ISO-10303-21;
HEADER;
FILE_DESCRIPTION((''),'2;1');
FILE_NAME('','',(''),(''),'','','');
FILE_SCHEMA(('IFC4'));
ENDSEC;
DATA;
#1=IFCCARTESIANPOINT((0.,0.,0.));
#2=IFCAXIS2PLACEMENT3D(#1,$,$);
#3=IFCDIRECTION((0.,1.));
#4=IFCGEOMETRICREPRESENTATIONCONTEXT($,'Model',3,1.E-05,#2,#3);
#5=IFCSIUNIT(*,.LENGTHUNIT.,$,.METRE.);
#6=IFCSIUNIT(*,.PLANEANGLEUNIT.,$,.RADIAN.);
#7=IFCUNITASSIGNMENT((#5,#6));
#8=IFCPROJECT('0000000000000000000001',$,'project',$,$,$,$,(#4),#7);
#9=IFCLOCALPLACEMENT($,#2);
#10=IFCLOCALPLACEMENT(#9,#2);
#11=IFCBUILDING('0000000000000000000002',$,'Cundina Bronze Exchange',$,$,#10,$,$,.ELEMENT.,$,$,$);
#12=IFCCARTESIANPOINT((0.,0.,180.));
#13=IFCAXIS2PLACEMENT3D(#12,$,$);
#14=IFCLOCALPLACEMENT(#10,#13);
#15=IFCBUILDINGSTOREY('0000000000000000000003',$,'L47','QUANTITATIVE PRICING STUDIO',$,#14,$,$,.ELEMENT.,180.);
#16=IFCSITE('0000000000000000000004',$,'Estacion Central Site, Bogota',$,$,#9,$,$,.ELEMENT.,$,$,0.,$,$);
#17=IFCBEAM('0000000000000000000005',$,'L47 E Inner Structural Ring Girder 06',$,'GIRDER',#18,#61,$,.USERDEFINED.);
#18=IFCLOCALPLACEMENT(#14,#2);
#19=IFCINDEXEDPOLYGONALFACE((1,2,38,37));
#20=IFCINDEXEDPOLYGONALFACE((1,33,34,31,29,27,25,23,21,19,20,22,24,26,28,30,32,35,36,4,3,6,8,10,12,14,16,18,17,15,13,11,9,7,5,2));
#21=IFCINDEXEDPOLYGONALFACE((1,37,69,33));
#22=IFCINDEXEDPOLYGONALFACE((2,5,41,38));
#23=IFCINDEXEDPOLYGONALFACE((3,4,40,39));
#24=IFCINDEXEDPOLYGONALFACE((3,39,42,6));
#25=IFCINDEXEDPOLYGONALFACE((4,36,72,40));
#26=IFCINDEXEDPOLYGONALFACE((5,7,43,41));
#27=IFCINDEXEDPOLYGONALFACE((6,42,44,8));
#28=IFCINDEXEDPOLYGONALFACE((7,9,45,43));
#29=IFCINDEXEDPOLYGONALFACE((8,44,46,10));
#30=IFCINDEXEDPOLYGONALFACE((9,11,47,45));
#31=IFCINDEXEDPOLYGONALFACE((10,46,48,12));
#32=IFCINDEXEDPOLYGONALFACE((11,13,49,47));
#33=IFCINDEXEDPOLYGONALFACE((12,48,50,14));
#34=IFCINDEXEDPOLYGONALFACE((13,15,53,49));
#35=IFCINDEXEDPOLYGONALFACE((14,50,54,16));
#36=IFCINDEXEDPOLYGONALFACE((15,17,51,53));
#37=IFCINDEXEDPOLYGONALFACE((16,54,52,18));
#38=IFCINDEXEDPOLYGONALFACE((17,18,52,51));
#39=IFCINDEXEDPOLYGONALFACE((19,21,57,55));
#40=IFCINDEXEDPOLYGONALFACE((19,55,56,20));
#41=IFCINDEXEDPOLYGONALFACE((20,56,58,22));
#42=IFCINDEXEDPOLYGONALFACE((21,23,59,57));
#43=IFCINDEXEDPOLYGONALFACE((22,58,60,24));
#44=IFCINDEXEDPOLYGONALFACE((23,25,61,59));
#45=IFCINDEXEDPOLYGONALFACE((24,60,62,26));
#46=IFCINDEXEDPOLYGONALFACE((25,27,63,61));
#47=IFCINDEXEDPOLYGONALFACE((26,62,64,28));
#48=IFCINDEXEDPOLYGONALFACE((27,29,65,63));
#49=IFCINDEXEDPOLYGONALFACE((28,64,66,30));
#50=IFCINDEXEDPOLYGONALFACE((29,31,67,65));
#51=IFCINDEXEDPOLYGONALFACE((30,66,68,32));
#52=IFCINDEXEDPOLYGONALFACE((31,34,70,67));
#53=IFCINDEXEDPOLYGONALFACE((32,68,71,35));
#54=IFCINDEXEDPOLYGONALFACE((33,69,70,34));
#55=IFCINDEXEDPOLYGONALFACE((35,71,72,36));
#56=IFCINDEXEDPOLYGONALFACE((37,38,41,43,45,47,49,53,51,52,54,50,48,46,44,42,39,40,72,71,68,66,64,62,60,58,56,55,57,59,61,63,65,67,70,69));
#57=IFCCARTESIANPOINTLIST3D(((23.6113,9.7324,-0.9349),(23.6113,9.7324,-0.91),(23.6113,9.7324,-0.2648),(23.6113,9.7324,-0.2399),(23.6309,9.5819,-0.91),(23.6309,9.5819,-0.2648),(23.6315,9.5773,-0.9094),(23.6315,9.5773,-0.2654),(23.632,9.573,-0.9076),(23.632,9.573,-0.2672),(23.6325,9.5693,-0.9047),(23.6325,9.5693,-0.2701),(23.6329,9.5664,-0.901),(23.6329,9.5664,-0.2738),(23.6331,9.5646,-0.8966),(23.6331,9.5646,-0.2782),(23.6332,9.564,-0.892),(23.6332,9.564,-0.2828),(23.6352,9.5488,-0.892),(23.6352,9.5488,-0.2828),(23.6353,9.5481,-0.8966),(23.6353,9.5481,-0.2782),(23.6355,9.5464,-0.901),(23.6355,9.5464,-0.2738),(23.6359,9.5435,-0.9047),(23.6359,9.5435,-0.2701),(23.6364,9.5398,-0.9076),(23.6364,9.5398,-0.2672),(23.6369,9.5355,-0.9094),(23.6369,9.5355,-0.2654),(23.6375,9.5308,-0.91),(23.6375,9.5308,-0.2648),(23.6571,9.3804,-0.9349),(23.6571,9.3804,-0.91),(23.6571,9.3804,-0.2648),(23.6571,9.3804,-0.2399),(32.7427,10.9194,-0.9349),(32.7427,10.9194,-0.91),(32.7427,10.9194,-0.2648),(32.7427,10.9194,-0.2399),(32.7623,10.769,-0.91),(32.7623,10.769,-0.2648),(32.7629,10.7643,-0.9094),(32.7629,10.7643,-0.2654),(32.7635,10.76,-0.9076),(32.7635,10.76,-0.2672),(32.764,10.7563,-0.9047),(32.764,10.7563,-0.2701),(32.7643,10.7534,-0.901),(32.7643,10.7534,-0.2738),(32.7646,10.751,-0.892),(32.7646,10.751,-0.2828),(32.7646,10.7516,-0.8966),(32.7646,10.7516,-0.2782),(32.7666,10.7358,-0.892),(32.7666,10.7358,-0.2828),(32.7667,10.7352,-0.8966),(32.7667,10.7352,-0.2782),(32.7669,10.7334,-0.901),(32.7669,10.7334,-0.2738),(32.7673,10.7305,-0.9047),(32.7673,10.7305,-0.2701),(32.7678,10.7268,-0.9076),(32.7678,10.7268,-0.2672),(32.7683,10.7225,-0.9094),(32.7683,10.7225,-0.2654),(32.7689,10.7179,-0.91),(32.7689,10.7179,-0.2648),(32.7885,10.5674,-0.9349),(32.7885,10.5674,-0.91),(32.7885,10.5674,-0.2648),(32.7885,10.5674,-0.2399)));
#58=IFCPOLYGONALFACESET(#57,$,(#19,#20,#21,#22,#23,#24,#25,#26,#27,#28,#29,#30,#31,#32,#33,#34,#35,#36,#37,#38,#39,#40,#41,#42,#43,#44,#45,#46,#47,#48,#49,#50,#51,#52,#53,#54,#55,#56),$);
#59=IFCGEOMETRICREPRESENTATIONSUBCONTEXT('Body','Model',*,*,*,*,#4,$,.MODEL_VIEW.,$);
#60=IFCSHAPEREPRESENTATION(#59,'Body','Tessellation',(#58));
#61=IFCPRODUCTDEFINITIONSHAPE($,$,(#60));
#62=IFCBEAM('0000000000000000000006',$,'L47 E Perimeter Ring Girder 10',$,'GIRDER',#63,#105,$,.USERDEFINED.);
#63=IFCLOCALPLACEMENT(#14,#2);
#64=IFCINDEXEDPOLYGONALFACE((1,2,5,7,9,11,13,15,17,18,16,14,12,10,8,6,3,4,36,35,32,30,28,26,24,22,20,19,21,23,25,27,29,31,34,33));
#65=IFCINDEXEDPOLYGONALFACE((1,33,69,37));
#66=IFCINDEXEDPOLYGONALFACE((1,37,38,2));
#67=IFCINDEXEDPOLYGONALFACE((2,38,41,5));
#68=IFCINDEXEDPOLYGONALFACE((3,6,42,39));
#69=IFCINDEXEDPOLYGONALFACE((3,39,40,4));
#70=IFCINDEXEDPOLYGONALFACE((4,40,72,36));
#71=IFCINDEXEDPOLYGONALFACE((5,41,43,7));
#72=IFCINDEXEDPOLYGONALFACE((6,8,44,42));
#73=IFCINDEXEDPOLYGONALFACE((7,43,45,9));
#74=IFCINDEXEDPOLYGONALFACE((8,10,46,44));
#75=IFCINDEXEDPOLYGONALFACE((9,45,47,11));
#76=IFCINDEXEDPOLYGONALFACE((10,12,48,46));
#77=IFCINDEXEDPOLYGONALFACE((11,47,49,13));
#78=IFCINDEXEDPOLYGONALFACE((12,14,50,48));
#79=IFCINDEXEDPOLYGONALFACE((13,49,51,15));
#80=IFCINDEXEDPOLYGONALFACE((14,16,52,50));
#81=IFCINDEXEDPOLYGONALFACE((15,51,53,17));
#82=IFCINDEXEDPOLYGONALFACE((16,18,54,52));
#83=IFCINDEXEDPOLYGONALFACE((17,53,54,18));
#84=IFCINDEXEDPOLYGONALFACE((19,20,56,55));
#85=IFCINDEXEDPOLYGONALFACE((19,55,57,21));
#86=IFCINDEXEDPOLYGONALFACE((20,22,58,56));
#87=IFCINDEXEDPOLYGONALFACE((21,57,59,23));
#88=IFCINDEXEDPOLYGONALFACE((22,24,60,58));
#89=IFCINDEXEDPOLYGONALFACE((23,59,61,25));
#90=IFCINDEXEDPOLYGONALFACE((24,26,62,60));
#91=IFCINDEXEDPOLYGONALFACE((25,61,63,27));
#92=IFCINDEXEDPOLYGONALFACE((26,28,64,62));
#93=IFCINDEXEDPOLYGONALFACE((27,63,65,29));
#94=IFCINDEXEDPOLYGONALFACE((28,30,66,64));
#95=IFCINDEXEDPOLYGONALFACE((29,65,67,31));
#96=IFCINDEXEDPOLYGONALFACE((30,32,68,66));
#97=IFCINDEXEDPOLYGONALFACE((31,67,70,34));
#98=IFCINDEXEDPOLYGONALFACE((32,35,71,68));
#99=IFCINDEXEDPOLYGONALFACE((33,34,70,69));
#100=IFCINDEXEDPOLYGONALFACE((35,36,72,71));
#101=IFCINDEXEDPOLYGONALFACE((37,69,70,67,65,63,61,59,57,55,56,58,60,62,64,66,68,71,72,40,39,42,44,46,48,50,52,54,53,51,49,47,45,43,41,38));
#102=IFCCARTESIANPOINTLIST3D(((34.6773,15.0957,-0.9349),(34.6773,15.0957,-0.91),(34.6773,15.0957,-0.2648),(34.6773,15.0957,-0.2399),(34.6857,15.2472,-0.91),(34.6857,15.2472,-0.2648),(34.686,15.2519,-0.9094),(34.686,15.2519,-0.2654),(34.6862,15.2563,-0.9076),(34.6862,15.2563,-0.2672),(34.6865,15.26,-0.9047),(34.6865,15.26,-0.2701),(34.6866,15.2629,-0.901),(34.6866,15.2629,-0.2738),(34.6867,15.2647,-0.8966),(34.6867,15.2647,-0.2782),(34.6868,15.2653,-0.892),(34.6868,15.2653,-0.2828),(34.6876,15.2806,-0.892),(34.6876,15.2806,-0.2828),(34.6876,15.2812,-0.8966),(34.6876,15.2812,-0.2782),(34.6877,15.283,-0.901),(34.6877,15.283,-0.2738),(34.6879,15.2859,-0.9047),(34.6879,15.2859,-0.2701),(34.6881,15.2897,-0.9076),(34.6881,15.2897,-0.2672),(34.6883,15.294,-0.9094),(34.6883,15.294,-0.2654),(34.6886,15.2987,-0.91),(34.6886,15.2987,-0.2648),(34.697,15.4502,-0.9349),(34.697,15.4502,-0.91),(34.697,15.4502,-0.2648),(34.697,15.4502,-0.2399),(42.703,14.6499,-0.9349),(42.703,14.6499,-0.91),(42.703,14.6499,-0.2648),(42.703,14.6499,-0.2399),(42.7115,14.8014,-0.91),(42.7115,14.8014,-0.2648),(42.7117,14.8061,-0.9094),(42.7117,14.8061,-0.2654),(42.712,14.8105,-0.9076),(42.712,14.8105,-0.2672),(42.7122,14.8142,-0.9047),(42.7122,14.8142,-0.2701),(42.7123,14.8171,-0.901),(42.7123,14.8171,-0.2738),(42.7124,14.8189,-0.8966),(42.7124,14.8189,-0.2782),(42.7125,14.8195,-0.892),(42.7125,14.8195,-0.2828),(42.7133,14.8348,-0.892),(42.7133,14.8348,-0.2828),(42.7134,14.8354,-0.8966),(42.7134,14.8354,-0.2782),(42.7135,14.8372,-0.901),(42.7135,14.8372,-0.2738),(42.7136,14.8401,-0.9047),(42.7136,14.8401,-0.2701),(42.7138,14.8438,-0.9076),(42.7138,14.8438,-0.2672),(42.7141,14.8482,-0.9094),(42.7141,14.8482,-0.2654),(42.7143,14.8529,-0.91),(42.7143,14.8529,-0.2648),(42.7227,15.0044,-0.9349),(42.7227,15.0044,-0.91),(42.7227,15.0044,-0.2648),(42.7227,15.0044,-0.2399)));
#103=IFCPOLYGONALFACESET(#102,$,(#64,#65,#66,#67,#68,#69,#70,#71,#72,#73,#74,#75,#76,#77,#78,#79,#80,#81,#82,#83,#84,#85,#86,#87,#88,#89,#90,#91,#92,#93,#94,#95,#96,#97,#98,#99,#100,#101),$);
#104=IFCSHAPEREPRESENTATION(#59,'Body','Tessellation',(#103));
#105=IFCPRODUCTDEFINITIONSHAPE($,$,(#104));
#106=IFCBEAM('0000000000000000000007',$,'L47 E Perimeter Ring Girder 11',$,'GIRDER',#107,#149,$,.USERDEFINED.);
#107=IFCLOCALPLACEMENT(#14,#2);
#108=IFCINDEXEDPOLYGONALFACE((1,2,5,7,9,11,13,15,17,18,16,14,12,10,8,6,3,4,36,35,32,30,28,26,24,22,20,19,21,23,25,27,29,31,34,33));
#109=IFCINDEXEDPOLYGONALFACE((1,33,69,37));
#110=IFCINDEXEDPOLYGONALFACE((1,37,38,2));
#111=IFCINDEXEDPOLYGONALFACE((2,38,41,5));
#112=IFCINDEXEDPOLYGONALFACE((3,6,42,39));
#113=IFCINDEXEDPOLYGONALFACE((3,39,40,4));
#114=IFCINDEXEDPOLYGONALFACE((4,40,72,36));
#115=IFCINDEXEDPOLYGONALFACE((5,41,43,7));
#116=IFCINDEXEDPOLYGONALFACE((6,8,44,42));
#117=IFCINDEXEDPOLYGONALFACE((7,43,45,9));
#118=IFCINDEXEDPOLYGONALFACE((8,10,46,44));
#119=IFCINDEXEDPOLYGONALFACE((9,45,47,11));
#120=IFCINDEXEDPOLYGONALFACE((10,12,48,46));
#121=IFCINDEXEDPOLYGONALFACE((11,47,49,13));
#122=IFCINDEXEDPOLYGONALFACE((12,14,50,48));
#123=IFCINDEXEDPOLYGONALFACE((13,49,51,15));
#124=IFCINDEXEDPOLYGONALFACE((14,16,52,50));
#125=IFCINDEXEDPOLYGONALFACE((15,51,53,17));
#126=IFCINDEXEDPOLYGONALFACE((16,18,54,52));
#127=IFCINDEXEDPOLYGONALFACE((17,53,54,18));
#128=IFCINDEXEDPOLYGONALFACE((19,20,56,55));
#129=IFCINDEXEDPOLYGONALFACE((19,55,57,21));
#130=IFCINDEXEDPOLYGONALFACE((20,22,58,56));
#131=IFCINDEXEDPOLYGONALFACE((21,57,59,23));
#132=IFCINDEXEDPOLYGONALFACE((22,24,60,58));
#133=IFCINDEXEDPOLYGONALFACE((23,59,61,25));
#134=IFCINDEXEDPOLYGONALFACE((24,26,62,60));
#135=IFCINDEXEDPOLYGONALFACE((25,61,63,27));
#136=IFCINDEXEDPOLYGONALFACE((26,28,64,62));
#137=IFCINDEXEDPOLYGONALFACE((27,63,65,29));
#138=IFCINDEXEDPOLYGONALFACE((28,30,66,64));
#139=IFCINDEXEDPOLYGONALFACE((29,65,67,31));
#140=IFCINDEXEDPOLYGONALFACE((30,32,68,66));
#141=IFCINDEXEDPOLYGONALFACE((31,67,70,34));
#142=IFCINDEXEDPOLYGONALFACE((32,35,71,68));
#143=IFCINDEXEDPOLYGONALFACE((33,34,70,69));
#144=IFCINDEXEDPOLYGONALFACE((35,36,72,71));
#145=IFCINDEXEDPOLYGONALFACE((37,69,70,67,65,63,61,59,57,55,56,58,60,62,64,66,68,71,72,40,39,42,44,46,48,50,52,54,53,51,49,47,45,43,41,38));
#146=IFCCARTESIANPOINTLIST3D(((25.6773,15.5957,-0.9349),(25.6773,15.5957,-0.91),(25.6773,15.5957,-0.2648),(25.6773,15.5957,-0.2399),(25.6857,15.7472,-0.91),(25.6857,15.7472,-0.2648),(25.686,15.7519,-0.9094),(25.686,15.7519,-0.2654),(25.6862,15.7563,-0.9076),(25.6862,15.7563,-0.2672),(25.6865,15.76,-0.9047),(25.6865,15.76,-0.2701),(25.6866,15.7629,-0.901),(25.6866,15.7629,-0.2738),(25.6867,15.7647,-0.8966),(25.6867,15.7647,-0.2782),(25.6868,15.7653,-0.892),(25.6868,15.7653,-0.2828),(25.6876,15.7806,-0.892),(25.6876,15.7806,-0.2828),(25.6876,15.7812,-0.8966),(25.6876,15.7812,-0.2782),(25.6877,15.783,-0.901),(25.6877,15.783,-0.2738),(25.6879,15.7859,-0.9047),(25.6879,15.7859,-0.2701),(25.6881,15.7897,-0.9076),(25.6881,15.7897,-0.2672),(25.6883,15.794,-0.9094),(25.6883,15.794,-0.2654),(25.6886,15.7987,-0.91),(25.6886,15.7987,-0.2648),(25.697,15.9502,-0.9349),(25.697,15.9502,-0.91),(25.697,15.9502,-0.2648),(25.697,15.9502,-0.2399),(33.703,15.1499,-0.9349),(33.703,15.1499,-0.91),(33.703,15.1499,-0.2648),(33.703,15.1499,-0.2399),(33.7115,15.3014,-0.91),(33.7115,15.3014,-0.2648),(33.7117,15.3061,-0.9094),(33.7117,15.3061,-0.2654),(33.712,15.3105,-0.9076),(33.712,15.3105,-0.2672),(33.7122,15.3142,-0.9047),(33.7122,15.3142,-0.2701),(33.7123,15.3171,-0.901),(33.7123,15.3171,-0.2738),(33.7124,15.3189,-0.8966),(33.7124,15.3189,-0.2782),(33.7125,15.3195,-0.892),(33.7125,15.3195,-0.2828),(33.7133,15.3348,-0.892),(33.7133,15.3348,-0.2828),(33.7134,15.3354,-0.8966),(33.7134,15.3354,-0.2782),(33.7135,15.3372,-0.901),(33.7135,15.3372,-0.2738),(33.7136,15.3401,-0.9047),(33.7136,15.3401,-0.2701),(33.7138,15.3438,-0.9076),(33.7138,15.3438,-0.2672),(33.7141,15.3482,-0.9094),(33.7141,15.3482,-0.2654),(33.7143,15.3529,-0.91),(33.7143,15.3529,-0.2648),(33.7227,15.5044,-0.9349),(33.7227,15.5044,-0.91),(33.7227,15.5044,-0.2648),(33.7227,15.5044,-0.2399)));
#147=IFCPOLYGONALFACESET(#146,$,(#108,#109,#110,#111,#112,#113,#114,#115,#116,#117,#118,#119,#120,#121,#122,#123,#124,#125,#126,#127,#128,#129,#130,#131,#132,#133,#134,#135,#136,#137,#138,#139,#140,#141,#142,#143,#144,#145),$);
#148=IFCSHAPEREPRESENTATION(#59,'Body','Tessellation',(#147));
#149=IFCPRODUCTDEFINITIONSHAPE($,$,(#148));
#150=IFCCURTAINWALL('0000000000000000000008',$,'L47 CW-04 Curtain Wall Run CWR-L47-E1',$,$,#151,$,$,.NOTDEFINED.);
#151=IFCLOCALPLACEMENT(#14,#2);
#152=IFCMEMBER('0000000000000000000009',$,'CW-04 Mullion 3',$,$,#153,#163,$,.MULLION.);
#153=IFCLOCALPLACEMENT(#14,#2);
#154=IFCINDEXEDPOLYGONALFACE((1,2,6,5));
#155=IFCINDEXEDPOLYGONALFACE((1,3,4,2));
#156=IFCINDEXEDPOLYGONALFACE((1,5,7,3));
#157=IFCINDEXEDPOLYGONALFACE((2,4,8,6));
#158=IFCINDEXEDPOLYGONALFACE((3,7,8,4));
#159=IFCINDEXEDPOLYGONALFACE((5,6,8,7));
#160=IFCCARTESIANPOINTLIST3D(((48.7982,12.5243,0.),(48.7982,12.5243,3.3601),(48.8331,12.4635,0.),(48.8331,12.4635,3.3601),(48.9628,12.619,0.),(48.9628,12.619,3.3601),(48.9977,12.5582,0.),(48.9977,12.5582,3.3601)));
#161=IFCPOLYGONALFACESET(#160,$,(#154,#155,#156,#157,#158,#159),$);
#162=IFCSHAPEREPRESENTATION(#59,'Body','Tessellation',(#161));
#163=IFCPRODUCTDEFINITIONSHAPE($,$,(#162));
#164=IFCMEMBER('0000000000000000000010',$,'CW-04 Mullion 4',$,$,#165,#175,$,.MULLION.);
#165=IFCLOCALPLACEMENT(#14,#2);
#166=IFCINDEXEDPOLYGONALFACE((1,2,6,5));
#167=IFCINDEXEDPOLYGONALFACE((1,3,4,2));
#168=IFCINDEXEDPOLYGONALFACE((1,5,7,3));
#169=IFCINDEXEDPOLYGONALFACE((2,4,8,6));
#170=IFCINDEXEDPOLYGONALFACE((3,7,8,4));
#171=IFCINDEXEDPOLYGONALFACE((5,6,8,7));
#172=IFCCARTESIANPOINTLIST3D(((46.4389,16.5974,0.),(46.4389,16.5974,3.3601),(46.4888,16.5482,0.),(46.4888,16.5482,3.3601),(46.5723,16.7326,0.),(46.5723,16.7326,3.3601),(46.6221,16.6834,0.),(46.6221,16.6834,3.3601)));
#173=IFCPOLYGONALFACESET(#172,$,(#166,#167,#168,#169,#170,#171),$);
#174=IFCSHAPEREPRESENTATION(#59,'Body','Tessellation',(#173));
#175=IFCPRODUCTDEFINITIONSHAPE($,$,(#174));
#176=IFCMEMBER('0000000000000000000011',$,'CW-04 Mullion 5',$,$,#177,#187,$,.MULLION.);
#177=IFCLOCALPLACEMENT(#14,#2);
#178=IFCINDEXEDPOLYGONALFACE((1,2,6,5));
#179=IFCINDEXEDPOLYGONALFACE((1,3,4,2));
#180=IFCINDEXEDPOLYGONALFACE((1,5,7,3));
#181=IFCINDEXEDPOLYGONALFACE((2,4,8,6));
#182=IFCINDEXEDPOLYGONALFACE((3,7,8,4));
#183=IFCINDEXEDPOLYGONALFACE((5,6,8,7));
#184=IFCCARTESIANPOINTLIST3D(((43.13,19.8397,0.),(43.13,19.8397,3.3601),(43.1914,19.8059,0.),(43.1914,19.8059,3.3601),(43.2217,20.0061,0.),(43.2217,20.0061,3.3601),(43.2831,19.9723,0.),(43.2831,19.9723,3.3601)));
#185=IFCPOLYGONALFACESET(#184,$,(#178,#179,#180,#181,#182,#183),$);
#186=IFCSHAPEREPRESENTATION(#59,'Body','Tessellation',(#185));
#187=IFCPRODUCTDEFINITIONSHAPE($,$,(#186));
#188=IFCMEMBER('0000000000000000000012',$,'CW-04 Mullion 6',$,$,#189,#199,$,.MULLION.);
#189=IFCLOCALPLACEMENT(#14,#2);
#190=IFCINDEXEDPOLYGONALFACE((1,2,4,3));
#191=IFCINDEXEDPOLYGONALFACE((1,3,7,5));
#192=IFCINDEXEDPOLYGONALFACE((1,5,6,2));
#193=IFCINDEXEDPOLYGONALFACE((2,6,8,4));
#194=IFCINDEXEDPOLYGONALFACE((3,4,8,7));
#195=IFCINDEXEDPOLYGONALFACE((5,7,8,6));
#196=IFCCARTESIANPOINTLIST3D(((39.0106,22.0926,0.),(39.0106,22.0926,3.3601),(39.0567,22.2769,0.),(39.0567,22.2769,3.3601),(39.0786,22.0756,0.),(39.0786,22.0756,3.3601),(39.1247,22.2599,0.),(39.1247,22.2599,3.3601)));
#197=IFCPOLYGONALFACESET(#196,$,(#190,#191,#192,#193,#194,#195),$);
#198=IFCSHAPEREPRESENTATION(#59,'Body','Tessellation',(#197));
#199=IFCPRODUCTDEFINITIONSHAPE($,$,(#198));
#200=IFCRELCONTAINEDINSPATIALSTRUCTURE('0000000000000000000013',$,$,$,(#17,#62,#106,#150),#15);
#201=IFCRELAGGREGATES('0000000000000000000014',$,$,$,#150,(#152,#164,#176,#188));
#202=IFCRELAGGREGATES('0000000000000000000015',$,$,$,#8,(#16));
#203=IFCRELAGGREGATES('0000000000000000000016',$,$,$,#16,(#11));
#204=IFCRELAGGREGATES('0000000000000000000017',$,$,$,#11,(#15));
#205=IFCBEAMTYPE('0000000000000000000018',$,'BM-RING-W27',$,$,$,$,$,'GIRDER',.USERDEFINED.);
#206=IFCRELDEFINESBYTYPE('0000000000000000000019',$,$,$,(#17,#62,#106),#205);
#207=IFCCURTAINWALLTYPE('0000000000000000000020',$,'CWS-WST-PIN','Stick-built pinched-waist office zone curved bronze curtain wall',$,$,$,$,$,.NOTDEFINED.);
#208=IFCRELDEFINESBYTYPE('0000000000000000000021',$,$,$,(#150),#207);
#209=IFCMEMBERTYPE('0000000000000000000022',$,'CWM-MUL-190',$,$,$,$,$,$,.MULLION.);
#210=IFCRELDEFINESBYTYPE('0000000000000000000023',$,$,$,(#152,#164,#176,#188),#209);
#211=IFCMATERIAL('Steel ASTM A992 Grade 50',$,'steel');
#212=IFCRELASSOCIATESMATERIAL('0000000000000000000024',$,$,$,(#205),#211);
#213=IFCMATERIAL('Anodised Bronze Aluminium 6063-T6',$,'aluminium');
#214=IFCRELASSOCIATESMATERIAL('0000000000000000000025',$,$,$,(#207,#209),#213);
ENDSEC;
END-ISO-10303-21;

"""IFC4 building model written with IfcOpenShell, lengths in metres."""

from ifc_helpers import new_model, si_unit, direction, frame, origin, origin_2d, place, context, subcontext, project, spatial, rectangle, i_section, extrude, material, material_profile, profile_set, type_object, element, aggregate, save


model = new_model("IFC4")

# Units and contexts
model_context = context("Model", 3, precision=1e-05, world=origin(), true_north=direction((0.0, 1.0)))
body_context = subcontext(model_context, "Body", "Model", "MODEL_VIEW")
ifc_project = project(units=[si_unit("LENGTHUNIT", "METRE"), si_unit("PLANEANGLEUNIT", "RADIAN")], contexts=[model_context])

# Site, building, storey
site_placement = place(None, origin())
site = spatial("IfcSite", under=ifc_project, at=site_placement, Name="Estacion Central Site, Bogota", CompositionType="ELEMENT", RefElevation=0.0)
building_placement = place(site_placement, origin())
building = spatial("IfcBuilding", under=site, at=building_placement, Name="Cundina Bronze Exchange", CompositionType="ELEMENT")
storey_placement = place(building_placement, frame((0.0, 0.0, 180.0)))
storey = spatial("IfcBuildingStorey", under=building, at=storey_placement, Name="L47", Description="QUANTITATIVE PRICING STUDIO", CompositionType="ELEMENT", Elevation=180.0)

# Beams
ifc_material_1 = material(Name="Steel ASTM A992 Grade 50", Category="steel")
ifc_material_profile_1 = material_profile(ifc_material_1, i_section(OverallWidth=0.355, OverallDepth=0.6951, WebThickness=0.0154, FlangeThickness=0.0249, FilletRadius=0.0181, at=origin_2d()), Name="W27X146", Category="steel")
ifc_profile_set_1 = profile_set([ifc_material_profile_1], Name="Steel ASTM A992 Grade 50")
beam_type_1 = type_object("IfcBeamType", Name="BM-RING-W27", ElementType="GIRDER", PredefinedType="USERDEFINED", material=ifc_profile_set_1)
beam_1_placement = place(storey_placement, frame((32.7656, 10.7434, -0.5874), z_axis=(-0.991656, -0.128908, 0.0), x_axis=(0.128908, -0.991656, 0.0)))
element("IfcBeam", 1, at=beam_1_placement, inside=storey, type_object=beam_type_1, Name="L47 E Inner Structural Ring Girder 06", ObjectType="GIRDER", PredefinedType="USERDEFINED", context=body_context, shape_type="SweptSolid", body=[
    extrude(i_section(OverallWidth=0.355, OverallDepth=0.6951, WebThickness=0.0154, FlangeThickness=0.0249, FilletRadius=0.0181, at=origin_2d()), origin(), (0.0, 0.0, 1.0), 9.2083),
])
for number, where, z_axis, x_axis, name in (
    (2, (42.7129, 14.8271, -0.5874), (-0.998461, 0.055462, 0.0), (-0.055462, -0.998461, 0.0), "L47 E Perimeter Ring Girder 10"),
    (3, (33.7129, 15.3271, -0.5874), (-0.998461, 0.055462, 0.0), (-0.055462, -0.998461, 0.0), "L47 E Perimeter Ring Girder 11"),
):
    element("IfcBeam", number, at=place(storey_placement, frame(where, z_axis=z_axis, x_axis=x_axis)), inside=storey, type_object=beam_type_1, Name=name, ObjectType="GIRDER", PredefinedType="USERDEFINED", context=body_context, shape_type="SweptSolid", body=[
        extrude(i_section(OverallWidth=0.355, OverallDepth=0.6951, WebThickness=0.0154, FlangeThickness=0.0249, FilletRadius=0.0181, at=origin_2d()), origin(), (0.0, 0.0, 1.0), 8.0381),
    ])

# Curtain wall, members
ifc_material_2 = material(Name="Anodised Bronze Aluminium 6063-T6", Category="aluminium")
curtain_wall_type = type_object("IfcCurtainWallType", Name="CWS-WST-PIN", Description="Stick-built pinched-waist office zone curved bronze curtain wall", PredefinedType="NOTDEFINED", material=ifc_material_2)
curtain_wall_1_placement = place(storey_placement, origin())
curtain_wall_1 = element("IfcCurtainWall", 4, at=curtain_wall_1_placement, inside=storey, type_object=curtain_wall_type, Name="L47 CW-04 Curtain Wall Run CWR-L47-E1", PredefinedType="NOTDEFINED")
ifc_material_profile_2 = material_profile(ifc_material_2, rectangle(XDim=0.0701, YDim=0.1899, at=origin_2d()), Name="AL70X190", Category="aluminium")
ifc_profile_set_2 = profile_set([ifc_material_profile_2], Name="Anodised Bronze Aluminium 6063-T6")
member_type_1 = type_object("IfcMemberType", Name="CWM-MUL-190", PredefinedType="MULLION", material=ifc_profile_set_2)
member_1_placement = place(storey_placement, frame((48.8979, 12.5413, 0.0), z_axis=(0.0, 0.0, 1.0), x_axis=(-0.498488, 0.866897, 0.0)))
member_1 = element("IfcMember", 5, at=member_1_placement, type_object=member_type_1, Name="CW-04 Mullion 3", PredefinedType="MULLION", context=body_context, shape_type="SweptSolid", body=[
    extrude(rectangle(XDim=0.0701, YDim=0.1899, at=origin_2d()), origin(), (0.0, 0.0, 1.0), 3.3601),
])
member_2_placement = place(storey_placement, frame((46.5305, 16.6404, 0.0), z_axis=(0.0, 0.0, 1.0), x_axis=(-0.712026, 0.702153, 0.0)))
member_2 = element("IfcMember", 6, at=member_2_placement, type_object=member_type_1, Name="CW-04 Mullion 4", PredefinedType="MULLION", context=body_context, shape_type="SweptSolid", body=[
    extrude(rectangle(XDim=0.0701, YDim=0.1899, at=origin_2d()), origin(), (0.0, 0.0, 1.0), 3.3601),
])
member_3_placement = place(storey_placement, frame((43.2065, 19.906, 0.0), z_axis=(0.0, 0.0, 1.0), x_axis=(-0.875886, 0.482518, 0.0)))
member_3 = element("IfcMember", 7, at=member_3_placement, type_object=member_type_1, Name="CW-04 Mullion 5", PredefinedType="MULLION", context=body_context, shape_type="SweptSolid", body=[
    extrude(rectangle(XDim=0.0701, YDim=0.1899, at=origin_2d()), origin(), (0.0, 0.0, 1.0), 3.3601),
])
member_4_placement = place(storey_placement, frame((39.0676, 22.1763, 0.0), z_axis=(0.0, 0.0, 1.0), x_axis=(-0.970084, 0.242769, 0.0)))
member_4 = element("IfcMember", 8, at=member_4_placement, type_object=member_type_1, Name="CW-04 Mullion 6", PredefinedType="MULLION", context=body_context, shape_type="SweptSolid", body=[
    extrude(rectangle(XDim=0.0701, YDim=0.1899, at=origin_2d()), origin(), (0.0, 0.0, 1.0), 3.3601),
])

aggregate(curtain_wall_1, [member_1, member_2, member_3, member_4])

save(model, "model.ifc")
